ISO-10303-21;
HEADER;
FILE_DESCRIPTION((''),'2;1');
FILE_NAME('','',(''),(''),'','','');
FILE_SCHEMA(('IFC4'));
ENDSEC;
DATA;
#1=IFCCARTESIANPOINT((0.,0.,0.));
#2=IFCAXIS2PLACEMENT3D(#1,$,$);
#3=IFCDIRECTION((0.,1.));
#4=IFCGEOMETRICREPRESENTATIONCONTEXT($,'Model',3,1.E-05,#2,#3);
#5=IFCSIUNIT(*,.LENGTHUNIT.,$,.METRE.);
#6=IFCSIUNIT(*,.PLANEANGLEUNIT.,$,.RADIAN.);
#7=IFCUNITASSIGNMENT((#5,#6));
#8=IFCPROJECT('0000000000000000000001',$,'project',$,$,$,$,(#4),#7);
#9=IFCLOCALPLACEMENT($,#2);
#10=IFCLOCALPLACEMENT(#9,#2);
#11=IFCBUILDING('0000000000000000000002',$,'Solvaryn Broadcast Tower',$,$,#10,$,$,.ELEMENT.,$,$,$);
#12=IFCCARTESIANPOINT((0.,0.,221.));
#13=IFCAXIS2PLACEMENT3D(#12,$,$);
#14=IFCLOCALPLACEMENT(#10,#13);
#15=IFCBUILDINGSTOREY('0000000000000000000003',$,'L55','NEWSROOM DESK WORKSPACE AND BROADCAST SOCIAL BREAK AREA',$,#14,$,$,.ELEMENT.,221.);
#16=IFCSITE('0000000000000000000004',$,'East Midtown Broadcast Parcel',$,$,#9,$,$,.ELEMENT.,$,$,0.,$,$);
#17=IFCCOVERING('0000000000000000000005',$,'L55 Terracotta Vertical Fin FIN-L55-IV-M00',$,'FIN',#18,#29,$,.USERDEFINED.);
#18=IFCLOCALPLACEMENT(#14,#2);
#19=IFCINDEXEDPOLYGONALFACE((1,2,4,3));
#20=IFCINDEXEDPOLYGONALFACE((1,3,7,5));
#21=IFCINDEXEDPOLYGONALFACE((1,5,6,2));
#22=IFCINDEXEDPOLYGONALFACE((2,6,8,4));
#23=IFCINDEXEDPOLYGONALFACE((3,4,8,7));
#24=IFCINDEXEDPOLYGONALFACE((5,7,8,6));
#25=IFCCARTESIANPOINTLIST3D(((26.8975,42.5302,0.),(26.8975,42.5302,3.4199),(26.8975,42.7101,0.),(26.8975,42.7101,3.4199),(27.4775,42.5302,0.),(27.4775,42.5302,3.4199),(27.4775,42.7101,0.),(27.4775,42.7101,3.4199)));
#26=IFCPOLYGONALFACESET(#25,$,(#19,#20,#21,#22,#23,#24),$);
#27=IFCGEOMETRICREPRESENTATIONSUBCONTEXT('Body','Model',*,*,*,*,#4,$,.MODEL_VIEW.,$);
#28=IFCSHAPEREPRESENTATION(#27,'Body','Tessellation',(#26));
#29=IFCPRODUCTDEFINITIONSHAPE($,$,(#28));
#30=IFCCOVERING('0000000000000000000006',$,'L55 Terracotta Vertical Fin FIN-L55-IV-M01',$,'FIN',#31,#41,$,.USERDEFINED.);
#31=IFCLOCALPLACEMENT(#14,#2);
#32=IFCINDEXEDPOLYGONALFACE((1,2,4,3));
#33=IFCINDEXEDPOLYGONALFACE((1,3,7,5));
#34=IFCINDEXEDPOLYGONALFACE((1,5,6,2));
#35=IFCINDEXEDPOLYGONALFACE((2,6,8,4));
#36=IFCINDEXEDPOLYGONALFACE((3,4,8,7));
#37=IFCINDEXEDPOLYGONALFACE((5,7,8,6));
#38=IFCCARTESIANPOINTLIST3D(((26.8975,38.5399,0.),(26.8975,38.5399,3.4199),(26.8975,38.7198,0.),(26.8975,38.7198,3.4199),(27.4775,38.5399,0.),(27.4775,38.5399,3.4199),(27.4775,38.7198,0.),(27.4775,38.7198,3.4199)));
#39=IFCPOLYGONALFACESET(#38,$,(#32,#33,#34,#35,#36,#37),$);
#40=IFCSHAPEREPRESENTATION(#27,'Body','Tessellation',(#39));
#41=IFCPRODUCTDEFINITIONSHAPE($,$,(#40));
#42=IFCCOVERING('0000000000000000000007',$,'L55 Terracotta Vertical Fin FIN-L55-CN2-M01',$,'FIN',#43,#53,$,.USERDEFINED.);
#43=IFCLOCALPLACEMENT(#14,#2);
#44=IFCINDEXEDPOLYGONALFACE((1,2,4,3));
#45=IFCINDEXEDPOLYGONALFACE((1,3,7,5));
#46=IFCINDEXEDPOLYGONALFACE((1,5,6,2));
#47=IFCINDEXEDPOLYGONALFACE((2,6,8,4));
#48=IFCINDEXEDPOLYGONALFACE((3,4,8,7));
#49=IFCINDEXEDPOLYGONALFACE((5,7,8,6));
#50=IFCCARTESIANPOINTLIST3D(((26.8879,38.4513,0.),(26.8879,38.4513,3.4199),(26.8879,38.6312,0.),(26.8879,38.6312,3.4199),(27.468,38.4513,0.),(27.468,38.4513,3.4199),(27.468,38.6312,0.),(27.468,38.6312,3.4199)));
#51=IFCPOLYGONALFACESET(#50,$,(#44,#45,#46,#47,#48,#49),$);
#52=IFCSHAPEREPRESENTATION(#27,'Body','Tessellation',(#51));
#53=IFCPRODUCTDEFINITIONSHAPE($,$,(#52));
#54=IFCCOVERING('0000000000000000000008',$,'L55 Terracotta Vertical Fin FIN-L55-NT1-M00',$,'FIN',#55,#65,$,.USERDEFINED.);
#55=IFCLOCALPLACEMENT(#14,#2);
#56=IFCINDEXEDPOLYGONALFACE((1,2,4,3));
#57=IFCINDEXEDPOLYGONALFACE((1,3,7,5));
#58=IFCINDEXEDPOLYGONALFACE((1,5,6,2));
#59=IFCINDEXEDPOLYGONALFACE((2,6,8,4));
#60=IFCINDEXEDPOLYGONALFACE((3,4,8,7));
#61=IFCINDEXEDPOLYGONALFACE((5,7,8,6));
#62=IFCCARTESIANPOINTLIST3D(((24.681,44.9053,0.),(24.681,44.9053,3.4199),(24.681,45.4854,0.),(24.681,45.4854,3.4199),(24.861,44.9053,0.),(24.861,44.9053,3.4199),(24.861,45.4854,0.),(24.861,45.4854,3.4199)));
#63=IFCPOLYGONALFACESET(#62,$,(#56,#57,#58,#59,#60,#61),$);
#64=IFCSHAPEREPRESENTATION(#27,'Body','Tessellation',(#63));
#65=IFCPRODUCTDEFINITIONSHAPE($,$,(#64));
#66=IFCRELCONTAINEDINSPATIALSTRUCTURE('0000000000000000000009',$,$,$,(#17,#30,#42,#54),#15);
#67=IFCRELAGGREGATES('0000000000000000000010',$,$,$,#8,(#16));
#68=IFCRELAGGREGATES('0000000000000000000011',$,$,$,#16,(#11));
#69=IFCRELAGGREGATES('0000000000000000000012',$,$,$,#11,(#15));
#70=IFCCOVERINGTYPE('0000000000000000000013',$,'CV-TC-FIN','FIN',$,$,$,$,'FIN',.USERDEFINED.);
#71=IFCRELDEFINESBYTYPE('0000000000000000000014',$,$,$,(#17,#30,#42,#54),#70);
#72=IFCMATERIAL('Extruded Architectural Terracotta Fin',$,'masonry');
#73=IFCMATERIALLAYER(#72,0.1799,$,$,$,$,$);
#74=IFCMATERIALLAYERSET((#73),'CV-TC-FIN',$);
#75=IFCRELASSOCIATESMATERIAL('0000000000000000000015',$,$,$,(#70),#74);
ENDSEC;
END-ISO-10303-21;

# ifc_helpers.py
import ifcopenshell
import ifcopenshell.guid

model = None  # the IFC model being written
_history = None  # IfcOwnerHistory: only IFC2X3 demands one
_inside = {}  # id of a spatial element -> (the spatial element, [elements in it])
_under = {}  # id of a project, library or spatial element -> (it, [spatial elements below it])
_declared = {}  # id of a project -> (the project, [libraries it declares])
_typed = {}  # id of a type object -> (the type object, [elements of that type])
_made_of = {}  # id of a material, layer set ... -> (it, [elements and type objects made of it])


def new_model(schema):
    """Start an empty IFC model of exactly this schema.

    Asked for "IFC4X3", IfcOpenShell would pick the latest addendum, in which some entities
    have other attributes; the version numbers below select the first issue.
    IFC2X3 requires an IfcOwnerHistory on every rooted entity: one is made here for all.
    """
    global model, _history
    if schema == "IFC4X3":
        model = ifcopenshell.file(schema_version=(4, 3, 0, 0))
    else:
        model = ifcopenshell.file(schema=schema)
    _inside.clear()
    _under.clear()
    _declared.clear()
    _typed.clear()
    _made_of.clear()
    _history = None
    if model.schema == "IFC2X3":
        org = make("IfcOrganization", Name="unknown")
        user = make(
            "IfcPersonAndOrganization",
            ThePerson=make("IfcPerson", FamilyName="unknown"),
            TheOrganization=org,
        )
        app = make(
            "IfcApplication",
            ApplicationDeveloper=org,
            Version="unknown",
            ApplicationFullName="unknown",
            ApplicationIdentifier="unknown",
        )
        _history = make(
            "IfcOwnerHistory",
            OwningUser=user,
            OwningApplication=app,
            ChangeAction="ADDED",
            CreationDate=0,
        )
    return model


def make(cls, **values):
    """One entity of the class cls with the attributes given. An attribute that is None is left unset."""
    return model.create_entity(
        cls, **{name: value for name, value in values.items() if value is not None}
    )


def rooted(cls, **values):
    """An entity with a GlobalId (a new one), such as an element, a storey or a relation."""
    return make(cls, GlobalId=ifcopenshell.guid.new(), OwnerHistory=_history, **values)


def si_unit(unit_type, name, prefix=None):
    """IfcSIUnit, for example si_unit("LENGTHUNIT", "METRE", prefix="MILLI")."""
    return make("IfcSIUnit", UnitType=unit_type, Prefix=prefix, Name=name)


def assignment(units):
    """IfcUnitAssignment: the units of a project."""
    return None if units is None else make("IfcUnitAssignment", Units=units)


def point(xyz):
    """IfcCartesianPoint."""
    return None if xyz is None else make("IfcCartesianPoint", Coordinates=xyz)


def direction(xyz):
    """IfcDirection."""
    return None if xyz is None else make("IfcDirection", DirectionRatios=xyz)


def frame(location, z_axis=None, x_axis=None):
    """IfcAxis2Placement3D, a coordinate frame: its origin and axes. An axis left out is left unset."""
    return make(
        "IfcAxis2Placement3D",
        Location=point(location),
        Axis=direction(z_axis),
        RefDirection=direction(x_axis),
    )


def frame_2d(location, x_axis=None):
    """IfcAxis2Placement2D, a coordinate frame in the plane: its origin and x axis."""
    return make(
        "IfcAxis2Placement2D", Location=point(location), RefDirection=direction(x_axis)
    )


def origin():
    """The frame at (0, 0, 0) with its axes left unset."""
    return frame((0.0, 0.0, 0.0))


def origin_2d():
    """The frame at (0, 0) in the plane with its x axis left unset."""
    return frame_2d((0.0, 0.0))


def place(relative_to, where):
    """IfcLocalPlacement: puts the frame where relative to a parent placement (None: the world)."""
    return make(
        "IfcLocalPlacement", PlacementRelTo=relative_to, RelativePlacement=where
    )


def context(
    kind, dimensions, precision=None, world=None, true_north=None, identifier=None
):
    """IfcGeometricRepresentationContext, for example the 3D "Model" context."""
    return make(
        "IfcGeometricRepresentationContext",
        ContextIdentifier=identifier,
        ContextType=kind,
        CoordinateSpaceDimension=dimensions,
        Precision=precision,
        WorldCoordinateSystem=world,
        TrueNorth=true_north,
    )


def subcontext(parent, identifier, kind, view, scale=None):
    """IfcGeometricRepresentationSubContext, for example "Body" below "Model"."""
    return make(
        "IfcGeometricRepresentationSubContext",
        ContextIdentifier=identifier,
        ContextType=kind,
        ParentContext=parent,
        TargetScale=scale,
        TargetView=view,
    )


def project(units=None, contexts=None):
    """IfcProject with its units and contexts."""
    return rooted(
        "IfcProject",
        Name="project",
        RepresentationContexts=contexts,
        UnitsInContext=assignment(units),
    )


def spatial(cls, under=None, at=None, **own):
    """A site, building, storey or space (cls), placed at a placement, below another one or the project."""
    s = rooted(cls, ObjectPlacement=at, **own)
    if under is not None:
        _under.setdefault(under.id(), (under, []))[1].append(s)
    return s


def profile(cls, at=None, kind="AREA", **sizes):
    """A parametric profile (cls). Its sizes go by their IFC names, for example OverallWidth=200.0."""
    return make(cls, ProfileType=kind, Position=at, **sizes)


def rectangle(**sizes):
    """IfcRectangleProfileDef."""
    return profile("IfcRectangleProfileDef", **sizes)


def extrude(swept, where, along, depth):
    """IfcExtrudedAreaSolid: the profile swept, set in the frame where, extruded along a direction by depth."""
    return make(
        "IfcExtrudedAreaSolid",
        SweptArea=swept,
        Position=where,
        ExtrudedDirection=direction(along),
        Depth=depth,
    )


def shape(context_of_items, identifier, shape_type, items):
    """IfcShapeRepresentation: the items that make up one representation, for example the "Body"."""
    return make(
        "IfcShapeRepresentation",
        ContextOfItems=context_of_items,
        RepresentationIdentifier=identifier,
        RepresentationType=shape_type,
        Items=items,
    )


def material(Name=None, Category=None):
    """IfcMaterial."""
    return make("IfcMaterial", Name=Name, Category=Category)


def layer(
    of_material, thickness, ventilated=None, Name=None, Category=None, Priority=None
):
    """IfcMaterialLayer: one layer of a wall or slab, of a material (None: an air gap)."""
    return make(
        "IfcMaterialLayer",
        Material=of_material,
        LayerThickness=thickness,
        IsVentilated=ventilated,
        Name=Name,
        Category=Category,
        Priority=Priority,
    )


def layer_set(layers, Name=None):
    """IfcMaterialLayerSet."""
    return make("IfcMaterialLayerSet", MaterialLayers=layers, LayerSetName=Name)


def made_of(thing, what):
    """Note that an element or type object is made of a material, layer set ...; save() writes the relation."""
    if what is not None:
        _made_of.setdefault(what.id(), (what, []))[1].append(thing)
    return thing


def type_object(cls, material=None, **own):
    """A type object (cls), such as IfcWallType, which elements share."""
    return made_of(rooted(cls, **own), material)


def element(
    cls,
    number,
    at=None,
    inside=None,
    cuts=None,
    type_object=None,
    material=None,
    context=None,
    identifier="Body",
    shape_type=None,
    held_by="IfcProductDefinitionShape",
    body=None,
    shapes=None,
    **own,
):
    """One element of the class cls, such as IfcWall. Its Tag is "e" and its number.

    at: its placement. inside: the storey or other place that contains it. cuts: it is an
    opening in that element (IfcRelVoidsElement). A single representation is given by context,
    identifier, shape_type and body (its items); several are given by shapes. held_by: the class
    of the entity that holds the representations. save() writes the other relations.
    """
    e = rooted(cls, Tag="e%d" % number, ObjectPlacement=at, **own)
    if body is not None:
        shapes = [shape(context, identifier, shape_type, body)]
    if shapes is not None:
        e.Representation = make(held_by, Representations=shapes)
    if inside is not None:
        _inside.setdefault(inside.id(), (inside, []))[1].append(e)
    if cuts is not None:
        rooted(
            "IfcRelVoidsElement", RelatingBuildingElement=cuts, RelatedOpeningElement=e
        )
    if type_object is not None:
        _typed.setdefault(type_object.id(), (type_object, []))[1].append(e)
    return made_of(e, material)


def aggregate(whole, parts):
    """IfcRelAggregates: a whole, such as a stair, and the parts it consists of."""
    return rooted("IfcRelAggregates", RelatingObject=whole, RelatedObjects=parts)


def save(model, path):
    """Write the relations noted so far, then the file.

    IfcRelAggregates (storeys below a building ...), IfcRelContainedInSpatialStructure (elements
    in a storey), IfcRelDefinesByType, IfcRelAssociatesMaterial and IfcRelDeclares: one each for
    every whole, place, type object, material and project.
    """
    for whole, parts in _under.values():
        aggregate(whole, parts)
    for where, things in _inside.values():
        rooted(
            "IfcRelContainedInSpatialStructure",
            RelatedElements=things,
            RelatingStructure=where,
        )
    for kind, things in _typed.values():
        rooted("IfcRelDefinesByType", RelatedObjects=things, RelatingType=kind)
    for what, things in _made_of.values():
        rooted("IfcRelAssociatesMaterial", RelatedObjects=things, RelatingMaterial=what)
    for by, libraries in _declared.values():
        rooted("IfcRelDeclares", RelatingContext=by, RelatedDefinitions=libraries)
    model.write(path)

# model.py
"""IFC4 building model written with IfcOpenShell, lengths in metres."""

from ifc_helpers import new_model, si_unit, direction, frame, origin, origin_2d, place, context, subcontext, project, spatial, rectangle, extrude, material, layer, layer_set, type_object, element, save


model = new_model("IFC4")

# Units and contexts
model_context = context("Model", 3, precision=1e-05, world=origin(), true_north=direction((0.0, 1.0)))
body_context = subcontext(model_context, "Body", "Model", "MODEL_VIEW")
ifc_project = project(units=[si_unit("LENGTHUNIT", "METRE"), si_unit("PLANEANGLEUNIT", "RADIAN")], contexts=[model_context])

# Site, building, storey
site_placement = place(None, origin())
site = spatial("IfcSite", under=ifc_project, at=site_placement, Name="East Midtown Broadcast Parcel", CompositionType="ELEMENT", RefElevation=0.0)
building_placement = place(site_placement, origin())
building = spatial("IfcBuilding", under=site, at=building_placement, Name="Solvaryn Broadcast Tower", CompositionType="ELEMENT")
storey_placement = place(building_placement, frame((0.0, 0.0, 221.0)))
storey = spatial("IfcBuildingStorey", under=building, at=storey_placement, Name="L55", Description="NEWSROOM DESK WORKSPACE AND BROADCAST SOCIAL BREAK AREA", CompositionType="ELEMENT", Elevation=221.0)

# Coverings
ifc_material_1 = material(Name="Extruded Architectural Terracotta Fin", Category="masonry")
ifc_layer_1 = layer(ifc_material_1, 0.1799)
ifc_layer_set_1 = layer_set([ifc_layer_1], Name="CV-TC-FIN")
covering_type = type_object("IfcCoveringType", Name="CV-TC-FIN", Description="FIN", ElementType="FIN", PredefinedType="USERDEFINED", material=ifc_layer_set_1)
for number, where, z_axis, x_axis, name in (
    (1, (27.1875, 42.6201, 0.0), (0.0, 0.0, 1.0), (1.0, 0.0, 0.0), "L55 Terracotta Vertical Fin FIN-L55-IV-M00"),
    (2, (27.1875, 38.6299, 0.0), (0.0, 0.0, 1.0), (1.0, 0.0, 0.0), "L55 Terracotta Vertical Fin FIN-L55-IV-M01"),
    (3, (27.178, 38.5413, 0.0), (0.0, 0.0, 1.0), (1.0, 0.0, 0.0), "L55 Terracotta Vertical Fin FIN-L55-CN2-M01"),
):
    element("IfcCovering", number, at=place(storey_placement, frame(where, z_axis=z_axis, x_axis=x_axis)), inside=storey, type_object=covering_type, Name=name, ObjectType="FIN", PredefinedType="USERDEFINED", context=body_context, shape_type="SweptSolid", body=[
        extrude(rectangle(XDim=0.5801, YDim=0.1799, at=origin_2d()), origin(), (0.0, 0.0, 1.0), 3.4199),
    ])
covering_placement = place(storey_placement, frame((24.771, 45.1953, 0.0), z_axis=(0.0, 0.0, 1.0), x_axis=(1.0, 0.0, 0.0)))
element("IfcCovering", 4, at=covering_placement, inside=storey, type_object=covering_type, Name="L55 Terracotta Vertical Fin FIN-L55-NT1-M00", ObjectType="FIN", PredefinedType="USERDEFINED", context=body_context, shape_type="SweptSolid", body=[
    extrude(rectangle(XDim=0.1799, YDim=0.5801, at=origin_2d()), origin(), (0.0, 0.0, 1.0), 3.4199),
])

save(model, "model.ifc")
